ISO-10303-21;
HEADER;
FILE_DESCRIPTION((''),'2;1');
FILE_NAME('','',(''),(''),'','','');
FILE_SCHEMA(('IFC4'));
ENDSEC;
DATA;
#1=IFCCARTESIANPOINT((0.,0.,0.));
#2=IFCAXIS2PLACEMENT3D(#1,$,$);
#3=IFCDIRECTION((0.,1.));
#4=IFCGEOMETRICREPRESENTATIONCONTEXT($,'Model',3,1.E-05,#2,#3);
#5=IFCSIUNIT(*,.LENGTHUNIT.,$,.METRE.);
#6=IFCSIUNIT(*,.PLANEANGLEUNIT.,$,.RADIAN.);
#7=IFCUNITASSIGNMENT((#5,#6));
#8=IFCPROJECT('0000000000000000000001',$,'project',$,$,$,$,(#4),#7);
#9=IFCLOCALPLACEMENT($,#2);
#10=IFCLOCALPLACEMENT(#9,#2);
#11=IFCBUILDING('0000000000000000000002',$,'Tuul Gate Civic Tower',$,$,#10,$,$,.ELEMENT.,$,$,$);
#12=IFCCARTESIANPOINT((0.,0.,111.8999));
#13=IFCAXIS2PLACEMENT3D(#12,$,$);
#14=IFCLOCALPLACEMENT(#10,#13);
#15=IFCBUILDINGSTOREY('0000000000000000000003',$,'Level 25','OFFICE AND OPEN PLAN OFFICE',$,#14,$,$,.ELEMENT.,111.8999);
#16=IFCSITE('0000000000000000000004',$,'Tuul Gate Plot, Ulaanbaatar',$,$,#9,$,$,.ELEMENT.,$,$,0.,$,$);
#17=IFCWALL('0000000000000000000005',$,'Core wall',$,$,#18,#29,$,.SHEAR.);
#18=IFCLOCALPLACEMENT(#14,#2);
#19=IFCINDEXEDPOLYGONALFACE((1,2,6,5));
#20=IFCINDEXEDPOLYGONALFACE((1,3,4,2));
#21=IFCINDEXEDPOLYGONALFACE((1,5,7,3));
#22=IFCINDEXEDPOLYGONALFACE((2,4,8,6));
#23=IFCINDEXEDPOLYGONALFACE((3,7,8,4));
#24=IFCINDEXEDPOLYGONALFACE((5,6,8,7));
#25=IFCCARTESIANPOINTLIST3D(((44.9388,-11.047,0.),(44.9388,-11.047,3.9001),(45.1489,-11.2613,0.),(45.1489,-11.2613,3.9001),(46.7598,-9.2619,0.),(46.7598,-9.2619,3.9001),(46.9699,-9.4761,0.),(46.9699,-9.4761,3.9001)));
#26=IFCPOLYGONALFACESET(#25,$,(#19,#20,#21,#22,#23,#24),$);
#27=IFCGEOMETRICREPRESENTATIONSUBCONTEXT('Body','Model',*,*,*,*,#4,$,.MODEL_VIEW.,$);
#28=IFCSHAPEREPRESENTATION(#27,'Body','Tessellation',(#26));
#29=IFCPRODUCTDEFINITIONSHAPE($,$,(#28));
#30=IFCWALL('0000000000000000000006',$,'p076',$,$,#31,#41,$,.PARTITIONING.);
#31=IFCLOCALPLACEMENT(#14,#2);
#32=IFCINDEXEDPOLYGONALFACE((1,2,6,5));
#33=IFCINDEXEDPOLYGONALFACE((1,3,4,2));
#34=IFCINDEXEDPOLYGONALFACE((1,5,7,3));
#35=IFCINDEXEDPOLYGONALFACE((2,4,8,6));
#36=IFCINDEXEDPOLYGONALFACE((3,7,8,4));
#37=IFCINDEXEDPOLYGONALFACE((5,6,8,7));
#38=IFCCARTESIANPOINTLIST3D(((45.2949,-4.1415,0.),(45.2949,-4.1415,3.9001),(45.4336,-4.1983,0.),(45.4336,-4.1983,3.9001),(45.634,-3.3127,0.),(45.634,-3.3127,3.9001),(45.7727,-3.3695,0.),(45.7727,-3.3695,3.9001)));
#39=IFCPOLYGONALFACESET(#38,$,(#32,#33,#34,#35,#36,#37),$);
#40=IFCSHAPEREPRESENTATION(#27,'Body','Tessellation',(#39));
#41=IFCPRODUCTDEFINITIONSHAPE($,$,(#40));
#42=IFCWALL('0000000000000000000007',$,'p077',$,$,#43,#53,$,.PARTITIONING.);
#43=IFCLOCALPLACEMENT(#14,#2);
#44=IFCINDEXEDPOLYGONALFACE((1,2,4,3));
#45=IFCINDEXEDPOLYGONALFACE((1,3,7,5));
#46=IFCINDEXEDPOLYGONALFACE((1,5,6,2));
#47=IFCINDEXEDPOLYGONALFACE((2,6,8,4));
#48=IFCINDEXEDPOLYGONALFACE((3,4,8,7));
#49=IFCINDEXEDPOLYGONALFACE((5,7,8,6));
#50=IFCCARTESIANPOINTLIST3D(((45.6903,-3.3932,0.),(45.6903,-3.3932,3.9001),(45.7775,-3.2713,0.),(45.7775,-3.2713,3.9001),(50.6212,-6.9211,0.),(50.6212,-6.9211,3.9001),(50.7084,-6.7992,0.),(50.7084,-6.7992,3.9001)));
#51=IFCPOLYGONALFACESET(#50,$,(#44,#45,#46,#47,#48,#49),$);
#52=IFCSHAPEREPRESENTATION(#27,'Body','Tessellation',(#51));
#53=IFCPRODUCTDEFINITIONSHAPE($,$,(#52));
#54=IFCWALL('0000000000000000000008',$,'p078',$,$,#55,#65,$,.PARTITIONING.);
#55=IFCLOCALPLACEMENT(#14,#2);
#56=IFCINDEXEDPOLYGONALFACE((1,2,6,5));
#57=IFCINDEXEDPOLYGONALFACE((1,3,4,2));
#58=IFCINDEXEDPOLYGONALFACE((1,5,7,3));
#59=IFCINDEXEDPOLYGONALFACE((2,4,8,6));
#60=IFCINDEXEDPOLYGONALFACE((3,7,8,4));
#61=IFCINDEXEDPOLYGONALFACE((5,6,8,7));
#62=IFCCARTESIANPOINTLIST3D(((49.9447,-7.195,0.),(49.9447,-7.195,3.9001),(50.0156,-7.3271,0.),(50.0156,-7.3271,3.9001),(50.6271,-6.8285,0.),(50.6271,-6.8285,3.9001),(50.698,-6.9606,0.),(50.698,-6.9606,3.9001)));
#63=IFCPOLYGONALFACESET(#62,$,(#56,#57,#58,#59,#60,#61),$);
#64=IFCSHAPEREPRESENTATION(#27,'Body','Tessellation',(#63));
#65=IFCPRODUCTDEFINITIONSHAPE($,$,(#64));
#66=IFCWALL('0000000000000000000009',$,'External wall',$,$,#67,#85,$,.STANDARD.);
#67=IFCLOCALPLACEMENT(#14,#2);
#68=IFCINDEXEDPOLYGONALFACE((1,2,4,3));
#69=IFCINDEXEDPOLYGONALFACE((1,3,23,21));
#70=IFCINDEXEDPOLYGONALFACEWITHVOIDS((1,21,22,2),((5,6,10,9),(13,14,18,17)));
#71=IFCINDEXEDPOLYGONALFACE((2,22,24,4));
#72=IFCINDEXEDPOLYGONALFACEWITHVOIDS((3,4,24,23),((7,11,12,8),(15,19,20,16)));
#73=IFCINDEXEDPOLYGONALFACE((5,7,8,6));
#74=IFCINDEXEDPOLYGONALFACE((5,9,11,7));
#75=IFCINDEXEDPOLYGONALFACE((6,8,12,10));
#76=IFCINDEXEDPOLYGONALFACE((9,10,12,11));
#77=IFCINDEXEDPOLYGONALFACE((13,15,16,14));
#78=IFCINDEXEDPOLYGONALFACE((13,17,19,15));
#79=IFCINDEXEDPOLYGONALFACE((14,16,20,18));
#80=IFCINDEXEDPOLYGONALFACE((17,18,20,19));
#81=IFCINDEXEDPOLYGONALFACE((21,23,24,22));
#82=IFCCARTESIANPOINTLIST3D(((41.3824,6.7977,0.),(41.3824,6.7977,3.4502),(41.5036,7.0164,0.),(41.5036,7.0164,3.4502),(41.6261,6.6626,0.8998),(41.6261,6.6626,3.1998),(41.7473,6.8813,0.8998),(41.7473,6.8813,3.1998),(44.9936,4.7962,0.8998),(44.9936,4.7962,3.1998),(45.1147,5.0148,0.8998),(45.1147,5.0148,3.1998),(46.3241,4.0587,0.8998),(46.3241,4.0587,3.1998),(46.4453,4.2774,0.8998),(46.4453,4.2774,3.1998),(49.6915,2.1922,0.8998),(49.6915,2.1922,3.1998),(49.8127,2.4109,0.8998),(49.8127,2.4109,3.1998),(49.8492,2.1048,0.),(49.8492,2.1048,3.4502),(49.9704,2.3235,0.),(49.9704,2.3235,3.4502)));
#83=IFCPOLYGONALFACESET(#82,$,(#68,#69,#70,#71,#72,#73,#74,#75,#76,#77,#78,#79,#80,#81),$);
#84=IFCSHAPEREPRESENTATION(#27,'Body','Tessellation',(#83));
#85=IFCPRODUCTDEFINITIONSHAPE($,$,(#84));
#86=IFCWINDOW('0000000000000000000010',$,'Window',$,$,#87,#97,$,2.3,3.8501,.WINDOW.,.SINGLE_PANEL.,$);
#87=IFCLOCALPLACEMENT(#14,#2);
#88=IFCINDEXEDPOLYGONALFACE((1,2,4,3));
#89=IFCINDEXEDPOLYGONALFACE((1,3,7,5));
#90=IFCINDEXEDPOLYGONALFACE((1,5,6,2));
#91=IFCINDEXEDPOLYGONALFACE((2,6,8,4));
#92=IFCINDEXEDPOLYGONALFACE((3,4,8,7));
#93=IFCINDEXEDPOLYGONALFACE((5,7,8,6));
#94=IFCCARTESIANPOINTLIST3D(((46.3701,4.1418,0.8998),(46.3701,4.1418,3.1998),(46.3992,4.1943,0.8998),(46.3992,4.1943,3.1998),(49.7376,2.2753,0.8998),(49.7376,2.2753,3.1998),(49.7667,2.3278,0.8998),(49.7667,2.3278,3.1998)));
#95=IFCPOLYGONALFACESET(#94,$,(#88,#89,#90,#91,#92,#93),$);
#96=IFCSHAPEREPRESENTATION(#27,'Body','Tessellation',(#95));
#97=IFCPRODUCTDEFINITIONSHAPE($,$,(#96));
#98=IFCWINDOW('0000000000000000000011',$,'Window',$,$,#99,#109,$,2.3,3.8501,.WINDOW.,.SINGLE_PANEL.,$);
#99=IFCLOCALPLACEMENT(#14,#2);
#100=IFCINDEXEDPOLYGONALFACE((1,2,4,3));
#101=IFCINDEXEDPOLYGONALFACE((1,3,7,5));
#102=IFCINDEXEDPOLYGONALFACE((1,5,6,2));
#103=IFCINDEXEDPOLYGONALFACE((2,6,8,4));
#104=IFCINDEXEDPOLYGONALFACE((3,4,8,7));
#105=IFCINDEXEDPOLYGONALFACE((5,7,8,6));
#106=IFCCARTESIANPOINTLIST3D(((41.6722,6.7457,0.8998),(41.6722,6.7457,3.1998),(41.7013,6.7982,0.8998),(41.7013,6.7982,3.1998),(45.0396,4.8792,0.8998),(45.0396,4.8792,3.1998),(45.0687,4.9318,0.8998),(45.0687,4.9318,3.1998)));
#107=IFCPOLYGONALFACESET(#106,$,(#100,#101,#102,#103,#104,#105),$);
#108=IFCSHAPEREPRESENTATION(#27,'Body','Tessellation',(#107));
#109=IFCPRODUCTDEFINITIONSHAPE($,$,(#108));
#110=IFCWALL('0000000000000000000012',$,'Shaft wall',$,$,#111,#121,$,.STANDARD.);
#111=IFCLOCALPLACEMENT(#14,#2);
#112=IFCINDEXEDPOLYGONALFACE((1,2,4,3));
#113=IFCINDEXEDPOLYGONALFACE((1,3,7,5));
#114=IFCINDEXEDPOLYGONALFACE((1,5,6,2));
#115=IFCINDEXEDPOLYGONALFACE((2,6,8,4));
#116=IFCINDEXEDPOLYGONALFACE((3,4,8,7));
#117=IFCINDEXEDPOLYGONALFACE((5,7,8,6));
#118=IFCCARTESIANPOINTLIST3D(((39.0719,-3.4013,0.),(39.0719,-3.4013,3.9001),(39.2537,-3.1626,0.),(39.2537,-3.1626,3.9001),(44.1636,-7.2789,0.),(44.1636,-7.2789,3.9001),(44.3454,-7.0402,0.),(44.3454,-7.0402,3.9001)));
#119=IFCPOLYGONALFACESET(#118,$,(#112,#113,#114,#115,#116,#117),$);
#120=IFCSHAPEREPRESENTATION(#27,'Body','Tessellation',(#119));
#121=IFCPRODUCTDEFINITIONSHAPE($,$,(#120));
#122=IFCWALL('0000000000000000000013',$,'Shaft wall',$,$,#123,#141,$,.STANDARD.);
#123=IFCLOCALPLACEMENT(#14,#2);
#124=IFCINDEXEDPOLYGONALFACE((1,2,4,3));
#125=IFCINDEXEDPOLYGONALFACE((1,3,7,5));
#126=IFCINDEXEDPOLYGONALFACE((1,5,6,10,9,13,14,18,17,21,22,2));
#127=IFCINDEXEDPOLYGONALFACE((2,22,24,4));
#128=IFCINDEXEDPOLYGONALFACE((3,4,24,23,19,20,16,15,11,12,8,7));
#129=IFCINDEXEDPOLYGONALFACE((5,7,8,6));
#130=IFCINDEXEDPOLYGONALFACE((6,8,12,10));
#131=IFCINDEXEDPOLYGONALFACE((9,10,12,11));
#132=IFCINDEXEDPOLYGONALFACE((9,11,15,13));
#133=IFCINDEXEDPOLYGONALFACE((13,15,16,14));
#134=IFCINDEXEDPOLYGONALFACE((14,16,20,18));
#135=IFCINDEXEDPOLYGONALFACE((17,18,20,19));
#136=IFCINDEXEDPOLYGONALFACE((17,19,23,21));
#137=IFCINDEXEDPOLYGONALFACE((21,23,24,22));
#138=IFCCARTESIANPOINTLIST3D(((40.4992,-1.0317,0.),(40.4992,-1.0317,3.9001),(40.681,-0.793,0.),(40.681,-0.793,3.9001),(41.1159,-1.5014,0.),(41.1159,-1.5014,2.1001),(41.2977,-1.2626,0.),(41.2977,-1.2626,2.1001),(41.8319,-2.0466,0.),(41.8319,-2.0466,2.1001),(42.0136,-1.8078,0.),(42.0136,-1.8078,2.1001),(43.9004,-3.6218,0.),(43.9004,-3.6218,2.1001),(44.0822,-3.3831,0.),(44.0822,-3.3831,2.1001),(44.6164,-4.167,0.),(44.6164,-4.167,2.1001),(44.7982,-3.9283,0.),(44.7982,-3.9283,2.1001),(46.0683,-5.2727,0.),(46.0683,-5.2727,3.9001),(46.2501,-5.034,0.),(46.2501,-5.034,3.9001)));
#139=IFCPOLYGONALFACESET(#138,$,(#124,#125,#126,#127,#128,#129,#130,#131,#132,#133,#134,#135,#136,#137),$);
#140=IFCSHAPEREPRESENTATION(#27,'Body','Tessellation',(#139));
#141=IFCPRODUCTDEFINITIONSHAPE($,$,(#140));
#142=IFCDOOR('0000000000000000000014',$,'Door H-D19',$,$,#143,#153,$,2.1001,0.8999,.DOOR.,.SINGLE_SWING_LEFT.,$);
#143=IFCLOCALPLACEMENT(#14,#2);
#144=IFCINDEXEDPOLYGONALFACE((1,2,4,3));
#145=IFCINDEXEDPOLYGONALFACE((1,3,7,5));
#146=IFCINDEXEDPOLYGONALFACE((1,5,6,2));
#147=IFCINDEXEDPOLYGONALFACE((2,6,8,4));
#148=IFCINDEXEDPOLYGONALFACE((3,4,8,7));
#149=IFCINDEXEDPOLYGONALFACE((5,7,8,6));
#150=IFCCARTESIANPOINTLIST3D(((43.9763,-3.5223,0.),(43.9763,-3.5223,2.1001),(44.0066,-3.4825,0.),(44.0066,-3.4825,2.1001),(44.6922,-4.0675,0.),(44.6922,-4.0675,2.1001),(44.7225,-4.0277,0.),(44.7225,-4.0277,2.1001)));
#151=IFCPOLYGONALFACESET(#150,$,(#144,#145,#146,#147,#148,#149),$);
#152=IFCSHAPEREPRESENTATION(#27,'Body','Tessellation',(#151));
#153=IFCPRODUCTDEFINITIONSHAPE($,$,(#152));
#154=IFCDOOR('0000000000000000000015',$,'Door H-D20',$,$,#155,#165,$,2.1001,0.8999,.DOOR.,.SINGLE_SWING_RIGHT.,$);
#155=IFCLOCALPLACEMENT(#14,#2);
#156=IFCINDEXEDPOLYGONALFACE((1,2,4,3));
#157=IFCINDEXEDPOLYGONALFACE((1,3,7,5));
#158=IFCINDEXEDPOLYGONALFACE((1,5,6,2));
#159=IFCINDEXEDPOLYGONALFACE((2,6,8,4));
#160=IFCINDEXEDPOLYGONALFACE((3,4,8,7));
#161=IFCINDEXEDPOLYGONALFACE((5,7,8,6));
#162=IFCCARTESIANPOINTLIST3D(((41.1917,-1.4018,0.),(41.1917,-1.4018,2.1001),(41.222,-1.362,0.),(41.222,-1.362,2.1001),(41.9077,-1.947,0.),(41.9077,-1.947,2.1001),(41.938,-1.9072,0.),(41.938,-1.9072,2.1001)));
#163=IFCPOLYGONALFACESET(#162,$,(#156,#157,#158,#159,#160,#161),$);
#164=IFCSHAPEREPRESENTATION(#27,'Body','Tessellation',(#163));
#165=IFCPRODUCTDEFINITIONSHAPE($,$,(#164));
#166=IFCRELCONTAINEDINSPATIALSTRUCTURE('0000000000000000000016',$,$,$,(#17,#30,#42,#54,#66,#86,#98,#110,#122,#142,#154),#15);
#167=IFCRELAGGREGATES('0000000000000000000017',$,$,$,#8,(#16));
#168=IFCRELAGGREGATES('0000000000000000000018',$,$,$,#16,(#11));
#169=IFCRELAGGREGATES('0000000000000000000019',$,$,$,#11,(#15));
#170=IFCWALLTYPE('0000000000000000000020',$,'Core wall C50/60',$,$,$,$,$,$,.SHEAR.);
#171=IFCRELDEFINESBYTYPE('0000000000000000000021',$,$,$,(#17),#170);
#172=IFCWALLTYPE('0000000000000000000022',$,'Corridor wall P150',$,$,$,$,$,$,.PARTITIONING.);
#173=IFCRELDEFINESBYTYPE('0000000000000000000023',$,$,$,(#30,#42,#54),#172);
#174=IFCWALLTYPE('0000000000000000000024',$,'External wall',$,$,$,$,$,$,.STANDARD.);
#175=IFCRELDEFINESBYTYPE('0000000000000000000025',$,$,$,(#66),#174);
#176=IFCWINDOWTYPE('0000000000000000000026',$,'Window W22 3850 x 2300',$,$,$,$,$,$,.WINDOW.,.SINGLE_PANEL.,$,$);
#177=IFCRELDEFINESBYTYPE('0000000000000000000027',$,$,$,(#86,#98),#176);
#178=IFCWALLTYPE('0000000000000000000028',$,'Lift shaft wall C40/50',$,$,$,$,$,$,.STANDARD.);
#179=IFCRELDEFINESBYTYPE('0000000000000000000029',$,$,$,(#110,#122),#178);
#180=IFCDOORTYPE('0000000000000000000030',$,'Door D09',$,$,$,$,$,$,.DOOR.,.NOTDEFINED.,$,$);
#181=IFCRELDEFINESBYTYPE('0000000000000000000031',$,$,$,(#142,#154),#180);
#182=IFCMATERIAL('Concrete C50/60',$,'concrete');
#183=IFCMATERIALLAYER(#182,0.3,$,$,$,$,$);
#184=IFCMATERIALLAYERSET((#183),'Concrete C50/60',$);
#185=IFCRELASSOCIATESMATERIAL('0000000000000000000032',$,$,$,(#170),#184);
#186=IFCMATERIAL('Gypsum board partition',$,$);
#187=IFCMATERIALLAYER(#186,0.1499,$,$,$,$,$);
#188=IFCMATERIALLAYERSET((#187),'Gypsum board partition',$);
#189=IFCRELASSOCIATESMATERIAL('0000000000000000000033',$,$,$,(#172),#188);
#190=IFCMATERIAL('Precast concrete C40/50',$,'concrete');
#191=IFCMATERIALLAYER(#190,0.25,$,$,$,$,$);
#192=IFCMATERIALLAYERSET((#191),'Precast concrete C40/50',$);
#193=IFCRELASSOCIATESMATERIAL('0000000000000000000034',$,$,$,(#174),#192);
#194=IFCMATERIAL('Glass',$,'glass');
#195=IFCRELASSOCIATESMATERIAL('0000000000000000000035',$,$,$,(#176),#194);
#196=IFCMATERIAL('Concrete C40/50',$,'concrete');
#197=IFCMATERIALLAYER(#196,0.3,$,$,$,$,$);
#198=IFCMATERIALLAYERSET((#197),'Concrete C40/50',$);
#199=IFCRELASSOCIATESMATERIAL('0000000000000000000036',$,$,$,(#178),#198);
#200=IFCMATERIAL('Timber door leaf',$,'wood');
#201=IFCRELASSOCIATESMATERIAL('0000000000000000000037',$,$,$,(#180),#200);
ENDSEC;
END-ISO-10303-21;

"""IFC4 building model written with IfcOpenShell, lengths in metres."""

from ifc_helpers import new_model, si_unit, direction, frame, frame_2d, origin, place, context, subcontext, project, spatial, rectangle, extrude, material, layer, layer_set, type_object, element, fill, save


model = new_model("IFC4")

# Units and contexts
model_context = context("Model", 3, precision=1e-05, world=origin(), true_north=direction((0.0, 1.0)))
body_context = subcontext(model_context, "Body", "Model", "MODEL_VIEW")
ifc_project = project(units=[si_unit("LENGTHUNIT", "METRE"), si_unit("PLANEANGLEUNIT", "RADIAN")], contexts=[model_context])

# Site, building, storey
site_placement = place(None, origin())
site = spatial("IfcSite", under=ifc_project, at=site_placement, Name="Tuul Gate Plot, Ulaanbaatar", CompositionType="ELEMENT", RefElevation=0.0)
building_placement = place(site_placement, origin())
building = spatial("IfcBuilding", under=site, at=building_placement, Name="Tuul Gate Civic Tower", CompositionType="ELEMENT")
storey_placement = place(building_placement, frame((0.0, 0.0, 111.8999)))
storey = spatial("IfcBuildingStorey", under=building, at=storey_placement, Name="Level 25", Description="OFFICE AND OPEN PLAN OFFICE", CompositionType="ELEMENT", Elevation=111.8999)

# Shared definitions
ifc_material_1 = material(Name="Concrete C50/60", Category="concrete")
ifc_layer_1 = layer(ifc_material_1, 0.3)
ifc_layer_set_1 = layer_set([ifc_layer_1], Name="Concrete C50/60")
wall_type_1 = type_object("IfcWallType", Name="Core wall C50/60", PredefinedType="SHEAR", material=ifc_layer_set_1)

# Walls
wall_1_placement = place(storey_placement, frame((45.0439, -11.1541, 0.0), z_axis=(0.0, 0.0, 1.0), x_axis=(0.714108, 0.700035, 0.0)))
element("IfcWall", 1, at=wall_1_placement, inside=storey, type_object=wall_type_1, Name="Core wall", PredefinedType="SHEAR", context=body_context, shape_type="SweptSolid", body=[
    extrude(rectangle(XDim=2.55, YDim=0.3, at=frame_2d((1.2749, 0.0))), origin(), (0.0, 0.0, 1.0), 3.9001),
])
ifc_material_2 = material(Name="Gypsum board partition")
ifc_layer_2 = layer(ifc_material_2, 0.1499)
ifc_layer_set_2 = layer_set([ifc_layer_2], Name="Gypsum board partition")
wall_type_2 = type_object("IfcWallType", Name="Corridor wall P150", PredefinedType="PARTITIONING", material=ifc_layer_set_2)
wall_2_placement = place(storey_placement, frame((45.3643, -4.1699, 0.0), z_axis=(0.0, 0.0, 1.0), x_axis=(0.378665, 0.925534, 0.0)))
element("IfcWall", 2, at=wall_2_placement, inside=storey, type_object=wall_type_2, Name="p076", PredefinedType="PARTITIONING", context=body_context, shape_type="SweptSolid", body=[
    extrude(rectangle(XDim=0.8955, YDim=0.1499, at=frame_2d((0.4478, 0.0))), origin(), (0.0, 0.0, 1.0), 3.9001),
])
wall_3_placement = place(storey_placement, frame((45.7339, -3.3323, 0.0), z_axis=(0.0, 0.0, 1.0), x_axis=(0.813284, -0.581867, 0.0)))
element("IfcWall", 3, at=wall_3_placement, inside=storey, type_object=wall_type_2, Name="p077", PredefinedType="PARTITIONING", context=body_context, shape_type="SweptSolid", body=[
    extrude(rectangle(XDim=6.063, YDim=0.1499, at=frame_2d((3.0315, 0.0))), origin(), (0.0, 0.0, 1.0), 3.9001),
])
wall_4_placement = place(storey_placement, frame((49.9802, -7.261, 0.0), z_axis=(0.0, 0.0, 1.0), x_axis=(0.880997, 0.473122, 0.0)))
element("IfcWall", 4, at=wall_4_placement, inside=storey, type_object=wall_type_2, Name="p078", PredefinedType="PARTITIONING", context=body_context, shape_type="SweptSolid", body=[
    extrude(rectangle(XDim=0.7747, YDim=0.1499, at=frame_2d((0.3872, 0.0))), origin(), (0.0, 0.0, 1.0), 3.9001),
])

# Wall, openings, windows
ifc_material_3 = material(Name="Precast concrete C40/50", Category="concrete")
ifc_layer_3 = layer(ifc_material_3, 0.25)
ifc_layer_set_3 = layer_set([ifc_layer_3], Name="Precast concrete C40/50")
wall_type_3 = type_object("IfcWallType", Name="External wall", PredefinedType="STANDARD", material=ifc_layer_set_3)
wall_5_placement = place(storey_placement, frame((49.9099, 2.2141, 0.0), z_axis=(0.0, 0.0, 1.0), x_axis=(-0.874635, 0.484782, 0.0)))
wall_5 = element("IfcWall", 5, at=wall_5_placement, inside=storey, type_object=wall_type_3, Name="External wall", PredefinedType="STANDARD", context=body_context, shape_type="SweptSolid", body=[
    extrude(rectangle(XDim=9.6804, YDim=0.25, at=frame_2d((4.8403, 0.0))), origin(), (0.0, 0.0, 1.0), 3.4502),
])
opening_1_placement = place(wall_5_placement, frame((0.1804, 0.0, 0.8999)))
opening_1 = element("IfcOpeningElement", 6, at=opening_1_placement, cuts=wall_5, PredefinedType="OPENING", context=body_context, shape_type="SweptSolid", body=[
    extrude(rectangle(XDim=3.8501, YDim=2.3, at=frame_2d((1.925, 1.1499))), frame((0.0, 0.135, 0.0), z_axis=(0.0, -1.0, 0.0), x_axis=(1.0, 0.0, 0.0)), (0.0, 0.0, 1.0), 0.27),
])
opening_2_placement = place(wall_5_placement, frame((5.5518, 0.0, 0.8999)))
opening_2 = element("IfcOpeningElement", 7, at=opening_2_placement, cuts=wall_5, PredefinedType="OPENING", context=body_context, shape_type="SweptSolid", body=[
    extrude(rectangle(XDim=3.8501, YDim=2.3, at=frame_2d((1.925, 1.1499))), frame((0.0, 0.135, 0.0), z_axis=(0.0, -1.0, 0.0), x_axis=(1.0, 0.0, 0.0)), (0.0, 0.0, 1.0), 0.27),
])
ifc_material_4 = material(Name="Glass", Category="glass")
window_type = type_object("IfcWindowType", Name="Window W22 3850 x 2300", PartitioningType="SINGLE_PANEL", PredefinedType="WINDOW", material=ifc_material_4)
window_1_placement = place(opening_1_placement, origin())
window_1 = element("IfcWindow", 8, at=window_1_placement, inside=storey, type_object=window_type, Name="Window", OverallHeight=2.3, OverallWidth=3.8501, PartitioningType="SINGLE_PANEL", PredefinedType="WINDOW", context=body_context, shape_type="SweptSolid", body=[
    extrude(rectangle(XDim=3.8501, YDim=2.3, at=frame_2d((1.925, 1.1499))), frame((0.0, 0.03, 0.0), z_axis=(0.0, -1.0, 0.0), x_axis=(1.0, 0.0, 0.0)), (0.0, 0.0, 1.0), 0.0601),
])
fill(opening_1, window_1)
window_2_placement = place(opening_2_placement, origin())
window_2 = element("IfcWindow", 9, at=window_2_placement, inside=storey, type_object=window_type, Name="Window", OverallHeight=2.3, OverallWidth=3.8501, PartitioningType="SINGLE_PANEL", PredefinedType="WINDOW", context=body_context, shape_type="SweptSolid", body=[
    extrude(rectangle(XDim=3.8501, YDim=2.3, at=frame_2d((1.925, 1.1499))), frame((0.0, 0.03, 0.0), z_axis=(0.0, -1.0, 0.0), x_axis=(1.0, 0.0, 0.0)), (0.0, 0.0, 1.0), 0.0601),
])
fill(opening_2, window_2)

# Wall
ifc_material_5 = material(Name="Concrete C40/50", Category="concrete")
ifc_layer_4 = layer(ifc_material_5, 0.3)
ifc_layer_set_4 = layer_set([ifc_layer_4], Name="Concrete C40/50")
wall_type_4 = type_object("IfcWallType", Name="Lift shaft wall C40/50", PredefinedType="STANDARD", material=ifc_layer_set_4)
wall_6_placement = place(storey_placement, frame((44.2546, -7.1597, 0.0), z_axis=(0.0, 0.0, 1.0), x_axis=(-0.795566, 0.605867, 0.0)))
element("IfcWall", 10, at=wall_6_placement, inside=storey, type_object=wall_type_4, Name="Shaft wall", PredefinedType="STANDARD", context=body_context, shape_type="SweptSolid", body=[
    extrude(rectangle(XDim=6.4001, YDim=0.3, at=frame_2d((3.2002, 0.0))), origin(), (0.0, 0.0, 1.0), 3.9001),
])

# Wall, openings, doors
wall_7_placement = place(storey_placement, frame((46.1592, -5.1533, 0.0), z_axis=(0.0, 0.0, 1.0), x_axis=(-0.79558, 0.605849, 0.0)))
wall_7 = element("IfcWall", 11, at=wall_7_placement, inside=storey, type_object=wall_type_4, Name="Shaft wall", PredefinedType="STANDARD", context=body_context, shape_type="SweptSolid", body=[
    extrude(rectangle(XDim=7.0, YDim=0.3, at=frame_2d((3.5, 0.0))), origin(), (0.0, 0.0, 1.0), 3.9001),
])
opening_3_placement = place(wall_7_placement, frame((1.825, 0.0, 0.0)))
opening_3 = element("IfcOpeningElement", 12, at=opening_3_placement, cuts=wall_7, PredefinedType="OPENING", context=body_context, shape_type="SweptSolid", body=[
    extrude(rectangle(XDim=0.8999, YDim=2.1001, at=frame_2d((0.45, 1.05))), frame((0.0, 0.1602, 0.0), z_axis=(0.0, -1.0, 0.0), x_axis=(1.0, 0.0, 0.0)), (0.0, 0.0, 1.0), 0.3201),
])
opening_4_placement = place(wall_7_placement, frame((5.325, 0.0, 0.0)))
opening_4 = element("IfcOpeningElement", 13, at=opening_4_placement, cuts=wall_7, PredefinedType="OPENING", context=body_context, shape_type="SweptSolid", body=[
    extrude(rectangle(XDim=0.8999, YDim=2.1001, at=frame_2d((0.45, 1.05))), frame((0.0, 0.1602, 0.0), z_axis=(0.0, -1.0, 0.0), x_axis=(1.0, 0.0, 0.0)), (0.0, 0.0, 1.0), 0.3201),
])
ifc_material_6 = material(Name="Timber door leaf", Category="wood")
door_type_1 = type_object("IfcDoorType", Name="Door D09", OperationType="NOTDEFINED", PredefinedType="DOOR", material=ifc_material_6)
door_1_placement = place(opening_3_placement, origin())
door_1 = element("IfcDoor", 14, at=door_1_placement, inside=storey, type_object=door_type_1, Name="Door H-D19", OperationType="SINGLE_SWING_LEFT", OverallHeight=2.1001, OverallWidth=0.8999, PredefinedType="DOOR", context=body_context, shape_type="SweptSolid", body=[
    extrude(rectangle(XDim=0.8999, YDim=2.1001, at=frame_2d((0.45, 1.05))), frame((0.0, 0.0249, 0.0), z_axis=(0.0, -1.0, 0.0), x_axis=(1.0, 0.0, 0.0)), (0.0, 0.0, 1.0), 0.05),
])
fill(opening_3, door_1)
door_2_placement = place(opening_4_placement, origin())
door_2 = element("IfcDoor", 15, at=door_2_placement, inside=storey, type_object=door_type_1, Name="Door H-D20", OperationType="SINGLE_SWING_RIGHT", OverallHeight=2.1001, OverallWidth=0.8999, PredefinedType="DOOR", context=body_context, shape_type="SweptSolid", body=[
    extrude(rectangle(XDim=0.8999, YDim=2.1001, at=frame_2d((0.45, 1.05))), frame((0.0, 0.0249, 0.0), z_axis=(0.0, -1.0, 0.0), x_axis=(1.0, 0.0, 0.0)), (0.0, 0.0, 1.0), 0.05),
])
fill(opening_4, door_2)

save(model, "model.ifc")
